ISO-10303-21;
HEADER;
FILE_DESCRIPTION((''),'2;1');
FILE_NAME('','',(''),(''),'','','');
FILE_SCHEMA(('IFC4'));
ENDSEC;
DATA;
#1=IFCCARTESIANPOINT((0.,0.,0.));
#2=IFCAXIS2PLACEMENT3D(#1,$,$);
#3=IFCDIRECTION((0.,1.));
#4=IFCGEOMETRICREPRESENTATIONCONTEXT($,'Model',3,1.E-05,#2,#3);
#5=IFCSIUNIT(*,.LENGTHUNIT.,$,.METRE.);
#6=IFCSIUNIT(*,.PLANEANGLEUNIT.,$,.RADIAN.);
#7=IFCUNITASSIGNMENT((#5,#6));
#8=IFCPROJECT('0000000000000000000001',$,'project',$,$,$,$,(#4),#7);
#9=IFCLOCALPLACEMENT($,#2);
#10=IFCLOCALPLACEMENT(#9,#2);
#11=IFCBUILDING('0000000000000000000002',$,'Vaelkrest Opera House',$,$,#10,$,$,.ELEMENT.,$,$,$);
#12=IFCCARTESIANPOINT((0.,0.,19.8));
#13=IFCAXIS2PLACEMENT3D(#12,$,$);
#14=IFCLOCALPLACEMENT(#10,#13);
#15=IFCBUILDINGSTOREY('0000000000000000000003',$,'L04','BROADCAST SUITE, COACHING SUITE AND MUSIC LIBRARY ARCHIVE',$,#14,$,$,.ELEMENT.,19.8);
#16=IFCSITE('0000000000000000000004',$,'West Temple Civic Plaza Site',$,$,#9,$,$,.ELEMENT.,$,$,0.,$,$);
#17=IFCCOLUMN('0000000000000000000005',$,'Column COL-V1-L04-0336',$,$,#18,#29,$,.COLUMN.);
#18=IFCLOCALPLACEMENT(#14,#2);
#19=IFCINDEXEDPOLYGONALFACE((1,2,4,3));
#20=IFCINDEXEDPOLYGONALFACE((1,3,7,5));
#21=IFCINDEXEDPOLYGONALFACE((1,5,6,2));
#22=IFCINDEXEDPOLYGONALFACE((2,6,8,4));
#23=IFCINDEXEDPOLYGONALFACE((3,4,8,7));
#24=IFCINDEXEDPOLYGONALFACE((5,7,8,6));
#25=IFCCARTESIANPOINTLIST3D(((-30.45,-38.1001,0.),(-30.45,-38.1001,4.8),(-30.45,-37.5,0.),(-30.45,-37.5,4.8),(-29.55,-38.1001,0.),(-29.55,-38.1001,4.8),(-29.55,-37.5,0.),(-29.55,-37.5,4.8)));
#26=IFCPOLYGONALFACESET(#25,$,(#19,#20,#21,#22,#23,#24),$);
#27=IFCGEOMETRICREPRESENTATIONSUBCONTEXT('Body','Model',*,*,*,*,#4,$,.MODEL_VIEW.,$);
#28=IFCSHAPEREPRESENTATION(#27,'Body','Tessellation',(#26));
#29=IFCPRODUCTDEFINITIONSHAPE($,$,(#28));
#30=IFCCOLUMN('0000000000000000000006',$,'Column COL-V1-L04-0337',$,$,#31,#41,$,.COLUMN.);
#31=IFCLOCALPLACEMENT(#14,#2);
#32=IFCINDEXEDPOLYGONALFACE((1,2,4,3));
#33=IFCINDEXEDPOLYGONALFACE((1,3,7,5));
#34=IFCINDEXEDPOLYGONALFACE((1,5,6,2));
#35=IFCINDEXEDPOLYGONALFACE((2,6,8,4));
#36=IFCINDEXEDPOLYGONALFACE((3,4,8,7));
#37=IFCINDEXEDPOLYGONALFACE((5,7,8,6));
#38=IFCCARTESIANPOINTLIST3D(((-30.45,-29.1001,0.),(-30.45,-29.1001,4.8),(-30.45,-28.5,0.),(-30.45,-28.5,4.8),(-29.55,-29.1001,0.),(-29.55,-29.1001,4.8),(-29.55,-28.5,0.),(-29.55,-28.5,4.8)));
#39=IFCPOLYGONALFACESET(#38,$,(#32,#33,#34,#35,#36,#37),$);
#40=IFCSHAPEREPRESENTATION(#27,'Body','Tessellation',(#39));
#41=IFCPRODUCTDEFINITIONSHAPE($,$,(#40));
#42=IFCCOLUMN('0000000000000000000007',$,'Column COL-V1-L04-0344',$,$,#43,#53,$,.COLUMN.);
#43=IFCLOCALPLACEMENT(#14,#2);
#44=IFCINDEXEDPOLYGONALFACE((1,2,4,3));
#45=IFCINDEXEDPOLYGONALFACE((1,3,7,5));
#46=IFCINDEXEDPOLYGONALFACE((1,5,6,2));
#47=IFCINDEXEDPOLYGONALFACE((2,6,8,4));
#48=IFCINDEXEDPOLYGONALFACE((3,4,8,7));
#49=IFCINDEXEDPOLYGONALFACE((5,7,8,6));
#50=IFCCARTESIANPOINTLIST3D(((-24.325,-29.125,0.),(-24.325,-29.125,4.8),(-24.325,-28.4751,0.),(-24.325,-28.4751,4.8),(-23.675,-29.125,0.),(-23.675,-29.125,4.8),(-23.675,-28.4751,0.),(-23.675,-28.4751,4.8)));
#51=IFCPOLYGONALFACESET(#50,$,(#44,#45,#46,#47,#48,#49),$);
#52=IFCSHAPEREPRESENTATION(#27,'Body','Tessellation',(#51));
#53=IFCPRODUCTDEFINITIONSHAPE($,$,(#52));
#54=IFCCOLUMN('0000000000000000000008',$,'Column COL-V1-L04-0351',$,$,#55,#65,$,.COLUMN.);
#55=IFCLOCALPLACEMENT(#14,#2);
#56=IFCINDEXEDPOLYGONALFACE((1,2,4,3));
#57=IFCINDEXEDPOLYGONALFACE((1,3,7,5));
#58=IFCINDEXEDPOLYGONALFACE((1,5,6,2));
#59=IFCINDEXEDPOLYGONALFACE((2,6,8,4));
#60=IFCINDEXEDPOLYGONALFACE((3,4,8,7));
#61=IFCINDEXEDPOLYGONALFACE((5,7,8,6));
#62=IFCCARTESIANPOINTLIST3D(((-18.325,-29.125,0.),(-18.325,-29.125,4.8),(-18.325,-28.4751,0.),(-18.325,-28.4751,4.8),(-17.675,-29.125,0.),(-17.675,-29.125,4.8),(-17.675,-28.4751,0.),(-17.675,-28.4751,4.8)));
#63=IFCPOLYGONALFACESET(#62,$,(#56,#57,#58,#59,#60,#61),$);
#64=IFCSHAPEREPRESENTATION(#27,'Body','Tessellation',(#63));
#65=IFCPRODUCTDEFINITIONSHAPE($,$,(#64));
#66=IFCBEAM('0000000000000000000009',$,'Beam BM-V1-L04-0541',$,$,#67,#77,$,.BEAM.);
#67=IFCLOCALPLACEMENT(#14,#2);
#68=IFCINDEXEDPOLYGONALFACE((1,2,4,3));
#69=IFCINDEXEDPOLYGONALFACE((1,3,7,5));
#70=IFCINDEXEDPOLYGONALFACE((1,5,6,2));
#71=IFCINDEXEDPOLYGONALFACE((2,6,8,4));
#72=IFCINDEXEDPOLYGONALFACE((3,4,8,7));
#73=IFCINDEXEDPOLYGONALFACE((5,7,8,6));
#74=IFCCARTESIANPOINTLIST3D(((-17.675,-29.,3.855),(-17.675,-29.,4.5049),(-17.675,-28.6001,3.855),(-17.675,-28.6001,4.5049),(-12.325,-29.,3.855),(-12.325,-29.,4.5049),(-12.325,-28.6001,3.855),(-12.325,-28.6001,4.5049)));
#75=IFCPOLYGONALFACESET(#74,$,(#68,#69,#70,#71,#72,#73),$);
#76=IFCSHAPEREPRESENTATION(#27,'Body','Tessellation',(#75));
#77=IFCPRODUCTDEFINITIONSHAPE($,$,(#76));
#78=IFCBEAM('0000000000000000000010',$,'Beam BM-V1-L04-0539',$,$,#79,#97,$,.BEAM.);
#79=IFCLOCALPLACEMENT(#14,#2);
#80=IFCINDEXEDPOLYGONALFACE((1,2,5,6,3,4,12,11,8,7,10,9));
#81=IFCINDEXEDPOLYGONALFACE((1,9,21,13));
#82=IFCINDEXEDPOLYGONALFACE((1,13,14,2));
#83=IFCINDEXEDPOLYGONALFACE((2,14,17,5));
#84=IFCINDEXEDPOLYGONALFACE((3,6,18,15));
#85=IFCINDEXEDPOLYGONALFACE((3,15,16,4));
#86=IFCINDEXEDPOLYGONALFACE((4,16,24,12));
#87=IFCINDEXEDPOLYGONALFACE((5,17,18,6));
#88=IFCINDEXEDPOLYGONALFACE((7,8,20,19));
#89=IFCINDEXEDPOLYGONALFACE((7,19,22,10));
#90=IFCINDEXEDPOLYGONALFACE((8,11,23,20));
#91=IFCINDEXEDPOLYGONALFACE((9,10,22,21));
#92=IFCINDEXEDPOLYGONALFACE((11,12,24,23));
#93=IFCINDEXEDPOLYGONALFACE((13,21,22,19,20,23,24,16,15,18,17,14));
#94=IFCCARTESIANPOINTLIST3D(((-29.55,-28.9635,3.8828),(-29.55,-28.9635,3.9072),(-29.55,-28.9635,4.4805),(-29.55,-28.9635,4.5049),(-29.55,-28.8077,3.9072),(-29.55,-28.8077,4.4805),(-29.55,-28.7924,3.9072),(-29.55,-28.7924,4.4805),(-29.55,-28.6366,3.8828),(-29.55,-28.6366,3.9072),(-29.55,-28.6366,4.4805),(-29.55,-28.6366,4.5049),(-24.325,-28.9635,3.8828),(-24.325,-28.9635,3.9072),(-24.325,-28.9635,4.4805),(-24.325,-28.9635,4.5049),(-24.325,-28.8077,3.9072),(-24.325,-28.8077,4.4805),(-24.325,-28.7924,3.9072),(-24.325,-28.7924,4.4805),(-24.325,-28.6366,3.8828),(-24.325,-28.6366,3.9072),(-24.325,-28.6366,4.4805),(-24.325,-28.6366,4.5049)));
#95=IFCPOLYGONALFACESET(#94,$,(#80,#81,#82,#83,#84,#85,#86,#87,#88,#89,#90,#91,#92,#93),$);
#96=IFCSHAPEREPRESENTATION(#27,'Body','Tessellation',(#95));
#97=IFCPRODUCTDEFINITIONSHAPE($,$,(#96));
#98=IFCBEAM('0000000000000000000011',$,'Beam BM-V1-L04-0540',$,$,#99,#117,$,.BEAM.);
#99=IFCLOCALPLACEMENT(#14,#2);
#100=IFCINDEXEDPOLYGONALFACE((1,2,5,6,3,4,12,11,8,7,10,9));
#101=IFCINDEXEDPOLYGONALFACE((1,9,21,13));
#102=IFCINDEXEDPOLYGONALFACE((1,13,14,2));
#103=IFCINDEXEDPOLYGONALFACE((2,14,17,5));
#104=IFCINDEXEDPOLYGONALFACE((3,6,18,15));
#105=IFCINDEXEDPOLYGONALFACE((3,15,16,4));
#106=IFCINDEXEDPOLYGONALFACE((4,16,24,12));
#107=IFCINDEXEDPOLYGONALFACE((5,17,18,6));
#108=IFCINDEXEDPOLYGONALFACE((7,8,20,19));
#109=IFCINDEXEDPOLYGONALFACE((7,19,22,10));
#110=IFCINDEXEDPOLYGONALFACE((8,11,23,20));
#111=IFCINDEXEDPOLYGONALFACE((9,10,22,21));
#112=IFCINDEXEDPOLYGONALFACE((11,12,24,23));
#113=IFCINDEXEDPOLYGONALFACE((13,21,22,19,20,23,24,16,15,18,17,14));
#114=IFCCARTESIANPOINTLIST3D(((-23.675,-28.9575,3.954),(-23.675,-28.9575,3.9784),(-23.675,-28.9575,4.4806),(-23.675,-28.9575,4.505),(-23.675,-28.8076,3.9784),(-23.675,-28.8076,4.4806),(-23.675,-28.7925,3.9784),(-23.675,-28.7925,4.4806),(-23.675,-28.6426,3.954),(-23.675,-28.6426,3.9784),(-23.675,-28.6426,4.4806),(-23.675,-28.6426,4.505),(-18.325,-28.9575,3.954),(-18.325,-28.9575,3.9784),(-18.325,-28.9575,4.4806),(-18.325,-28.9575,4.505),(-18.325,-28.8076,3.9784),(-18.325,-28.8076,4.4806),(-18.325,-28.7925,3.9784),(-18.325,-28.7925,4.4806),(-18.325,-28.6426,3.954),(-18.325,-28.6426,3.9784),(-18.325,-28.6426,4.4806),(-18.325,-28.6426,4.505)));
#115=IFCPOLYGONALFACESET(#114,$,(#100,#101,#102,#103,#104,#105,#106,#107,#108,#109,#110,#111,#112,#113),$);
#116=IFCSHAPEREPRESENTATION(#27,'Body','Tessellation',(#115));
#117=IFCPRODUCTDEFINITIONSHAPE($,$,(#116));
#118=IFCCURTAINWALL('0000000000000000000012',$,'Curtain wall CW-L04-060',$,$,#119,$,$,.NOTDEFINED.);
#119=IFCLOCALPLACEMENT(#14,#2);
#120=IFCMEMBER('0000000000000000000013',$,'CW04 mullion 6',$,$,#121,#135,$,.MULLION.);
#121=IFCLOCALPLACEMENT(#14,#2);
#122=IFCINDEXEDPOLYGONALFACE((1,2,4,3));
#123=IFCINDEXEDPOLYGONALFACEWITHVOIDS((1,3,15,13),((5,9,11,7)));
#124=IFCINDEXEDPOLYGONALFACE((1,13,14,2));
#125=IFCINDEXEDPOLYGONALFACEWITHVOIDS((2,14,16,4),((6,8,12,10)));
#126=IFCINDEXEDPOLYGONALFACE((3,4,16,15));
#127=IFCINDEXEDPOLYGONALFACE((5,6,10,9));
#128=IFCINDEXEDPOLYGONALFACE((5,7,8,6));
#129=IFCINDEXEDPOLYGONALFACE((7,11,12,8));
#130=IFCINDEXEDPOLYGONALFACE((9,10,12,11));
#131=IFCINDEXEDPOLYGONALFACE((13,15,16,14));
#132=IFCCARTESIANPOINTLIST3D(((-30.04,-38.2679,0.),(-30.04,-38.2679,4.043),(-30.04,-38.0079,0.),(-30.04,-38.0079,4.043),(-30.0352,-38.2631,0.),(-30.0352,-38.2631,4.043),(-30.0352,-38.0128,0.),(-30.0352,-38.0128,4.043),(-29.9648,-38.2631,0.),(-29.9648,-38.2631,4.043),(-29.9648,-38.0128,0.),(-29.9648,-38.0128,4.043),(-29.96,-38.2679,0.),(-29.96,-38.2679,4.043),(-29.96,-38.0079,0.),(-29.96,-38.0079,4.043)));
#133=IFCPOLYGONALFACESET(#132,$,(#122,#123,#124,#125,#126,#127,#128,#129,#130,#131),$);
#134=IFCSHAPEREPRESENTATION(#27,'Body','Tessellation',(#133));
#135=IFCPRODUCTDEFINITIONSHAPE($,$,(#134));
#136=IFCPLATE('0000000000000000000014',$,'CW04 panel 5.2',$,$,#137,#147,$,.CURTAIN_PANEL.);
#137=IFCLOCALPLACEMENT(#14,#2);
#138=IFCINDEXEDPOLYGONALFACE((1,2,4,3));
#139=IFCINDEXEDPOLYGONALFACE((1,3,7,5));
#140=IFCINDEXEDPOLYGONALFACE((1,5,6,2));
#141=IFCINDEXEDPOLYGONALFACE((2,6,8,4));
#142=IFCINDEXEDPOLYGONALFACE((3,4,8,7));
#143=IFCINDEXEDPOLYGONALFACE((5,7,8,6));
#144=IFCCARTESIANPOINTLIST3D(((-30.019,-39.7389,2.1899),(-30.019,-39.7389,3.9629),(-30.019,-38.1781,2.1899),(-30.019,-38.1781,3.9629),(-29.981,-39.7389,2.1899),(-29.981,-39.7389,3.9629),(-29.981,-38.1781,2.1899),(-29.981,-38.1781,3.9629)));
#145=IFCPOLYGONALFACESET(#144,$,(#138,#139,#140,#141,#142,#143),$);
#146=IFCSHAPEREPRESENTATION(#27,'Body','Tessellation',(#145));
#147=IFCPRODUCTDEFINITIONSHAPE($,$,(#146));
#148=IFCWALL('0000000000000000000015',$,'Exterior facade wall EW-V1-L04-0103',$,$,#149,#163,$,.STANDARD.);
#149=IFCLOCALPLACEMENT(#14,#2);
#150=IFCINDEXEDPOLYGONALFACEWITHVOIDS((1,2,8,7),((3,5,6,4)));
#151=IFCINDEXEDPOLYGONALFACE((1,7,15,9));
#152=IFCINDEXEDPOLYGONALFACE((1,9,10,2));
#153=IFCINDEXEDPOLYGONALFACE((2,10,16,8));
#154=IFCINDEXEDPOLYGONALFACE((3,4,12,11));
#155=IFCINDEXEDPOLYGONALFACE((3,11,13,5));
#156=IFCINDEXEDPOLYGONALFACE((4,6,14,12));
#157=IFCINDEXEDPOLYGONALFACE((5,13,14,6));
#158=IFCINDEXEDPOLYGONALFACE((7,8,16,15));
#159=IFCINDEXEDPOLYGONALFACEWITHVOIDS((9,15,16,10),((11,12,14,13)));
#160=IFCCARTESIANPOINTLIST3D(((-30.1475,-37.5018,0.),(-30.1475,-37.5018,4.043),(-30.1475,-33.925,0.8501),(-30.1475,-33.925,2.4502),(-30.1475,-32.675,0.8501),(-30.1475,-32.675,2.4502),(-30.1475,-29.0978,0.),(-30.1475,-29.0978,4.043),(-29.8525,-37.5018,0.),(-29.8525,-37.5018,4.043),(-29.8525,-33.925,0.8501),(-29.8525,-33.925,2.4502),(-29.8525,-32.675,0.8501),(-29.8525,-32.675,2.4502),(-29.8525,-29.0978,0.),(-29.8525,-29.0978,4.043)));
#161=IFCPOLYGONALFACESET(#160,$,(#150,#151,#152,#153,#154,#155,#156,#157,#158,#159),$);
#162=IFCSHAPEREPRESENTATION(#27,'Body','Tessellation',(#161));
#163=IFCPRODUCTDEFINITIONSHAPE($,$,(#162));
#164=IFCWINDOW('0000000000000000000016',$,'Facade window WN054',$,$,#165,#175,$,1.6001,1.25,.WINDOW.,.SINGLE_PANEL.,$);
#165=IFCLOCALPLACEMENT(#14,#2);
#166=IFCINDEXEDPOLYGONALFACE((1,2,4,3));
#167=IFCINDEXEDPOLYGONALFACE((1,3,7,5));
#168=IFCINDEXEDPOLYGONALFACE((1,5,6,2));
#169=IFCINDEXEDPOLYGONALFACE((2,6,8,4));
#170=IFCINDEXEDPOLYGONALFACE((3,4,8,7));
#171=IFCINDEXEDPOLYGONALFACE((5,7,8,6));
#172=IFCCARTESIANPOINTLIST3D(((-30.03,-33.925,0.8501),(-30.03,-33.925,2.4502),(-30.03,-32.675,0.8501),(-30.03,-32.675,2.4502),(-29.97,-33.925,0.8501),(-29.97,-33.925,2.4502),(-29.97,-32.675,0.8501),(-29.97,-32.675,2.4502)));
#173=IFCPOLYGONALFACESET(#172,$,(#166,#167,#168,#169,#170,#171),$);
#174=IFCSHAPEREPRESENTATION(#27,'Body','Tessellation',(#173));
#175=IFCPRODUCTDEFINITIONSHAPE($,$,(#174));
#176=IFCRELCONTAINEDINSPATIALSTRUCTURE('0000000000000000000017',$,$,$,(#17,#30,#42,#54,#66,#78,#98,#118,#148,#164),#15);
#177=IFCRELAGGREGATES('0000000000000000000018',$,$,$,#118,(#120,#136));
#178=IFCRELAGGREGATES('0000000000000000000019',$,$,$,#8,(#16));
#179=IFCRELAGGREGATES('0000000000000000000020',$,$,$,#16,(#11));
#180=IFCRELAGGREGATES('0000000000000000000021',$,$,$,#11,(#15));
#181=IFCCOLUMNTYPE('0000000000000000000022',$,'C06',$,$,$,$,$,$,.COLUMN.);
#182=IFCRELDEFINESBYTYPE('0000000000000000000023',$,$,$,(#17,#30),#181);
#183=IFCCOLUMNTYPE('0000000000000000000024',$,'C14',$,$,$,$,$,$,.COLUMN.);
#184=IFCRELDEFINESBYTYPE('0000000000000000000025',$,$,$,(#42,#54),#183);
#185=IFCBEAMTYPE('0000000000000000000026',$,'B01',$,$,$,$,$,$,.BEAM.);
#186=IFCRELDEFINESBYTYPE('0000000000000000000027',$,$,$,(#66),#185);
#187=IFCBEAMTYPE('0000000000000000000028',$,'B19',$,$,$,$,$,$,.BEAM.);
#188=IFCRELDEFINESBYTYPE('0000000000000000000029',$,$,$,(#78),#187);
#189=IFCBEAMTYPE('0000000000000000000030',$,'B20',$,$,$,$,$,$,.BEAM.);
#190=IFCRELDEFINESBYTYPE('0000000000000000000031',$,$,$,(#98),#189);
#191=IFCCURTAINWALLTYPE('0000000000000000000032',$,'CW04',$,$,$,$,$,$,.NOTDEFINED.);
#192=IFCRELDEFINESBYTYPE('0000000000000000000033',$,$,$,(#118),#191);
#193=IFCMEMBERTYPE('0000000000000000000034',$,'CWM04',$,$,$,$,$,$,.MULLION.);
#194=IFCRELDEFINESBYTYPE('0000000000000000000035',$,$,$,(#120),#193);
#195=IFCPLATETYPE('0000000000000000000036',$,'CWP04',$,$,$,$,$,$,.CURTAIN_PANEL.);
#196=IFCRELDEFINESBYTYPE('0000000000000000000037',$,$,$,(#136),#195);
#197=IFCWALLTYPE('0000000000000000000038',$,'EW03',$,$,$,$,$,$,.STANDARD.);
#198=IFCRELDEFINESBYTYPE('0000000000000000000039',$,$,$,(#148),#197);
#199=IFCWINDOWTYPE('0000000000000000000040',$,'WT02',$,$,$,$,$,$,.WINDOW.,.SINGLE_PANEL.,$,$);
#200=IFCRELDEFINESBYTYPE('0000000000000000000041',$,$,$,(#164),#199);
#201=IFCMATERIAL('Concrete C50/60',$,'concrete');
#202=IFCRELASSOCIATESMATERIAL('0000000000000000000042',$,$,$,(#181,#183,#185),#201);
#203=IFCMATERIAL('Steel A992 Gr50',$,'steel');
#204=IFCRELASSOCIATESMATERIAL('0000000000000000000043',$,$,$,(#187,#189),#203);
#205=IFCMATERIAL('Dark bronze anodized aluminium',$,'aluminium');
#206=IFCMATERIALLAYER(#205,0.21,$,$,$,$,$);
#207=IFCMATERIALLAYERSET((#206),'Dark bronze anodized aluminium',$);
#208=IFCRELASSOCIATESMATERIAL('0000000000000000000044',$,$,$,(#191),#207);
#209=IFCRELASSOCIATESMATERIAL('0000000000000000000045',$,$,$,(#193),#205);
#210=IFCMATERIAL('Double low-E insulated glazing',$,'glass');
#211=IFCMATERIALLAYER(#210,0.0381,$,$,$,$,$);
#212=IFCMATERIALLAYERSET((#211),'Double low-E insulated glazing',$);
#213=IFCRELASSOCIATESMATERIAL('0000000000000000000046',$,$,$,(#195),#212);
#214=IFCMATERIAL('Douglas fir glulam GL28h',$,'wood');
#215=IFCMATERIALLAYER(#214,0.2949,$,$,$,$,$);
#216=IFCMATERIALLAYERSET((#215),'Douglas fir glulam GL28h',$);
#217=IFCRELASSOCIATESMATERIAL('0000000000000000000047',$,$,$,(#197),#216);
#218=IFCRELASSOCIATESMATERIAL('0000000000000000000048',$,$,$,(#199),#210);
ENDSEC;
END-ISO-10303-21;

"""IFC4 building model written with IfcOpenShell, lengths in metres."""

from ifc_helpers import new_model, si_unit, direction, frame, frame_2d, origin, origin_2d, place, context, subcontext, project, spatial, rectangle, hollow_rectangle, i_section, extrude, material, layer, layer_set, material_profile, profile_set, type_object, element, fill, aggregate, save


model = new_model("IFC4")

# Units and contexts
model_context = context("Model", 3, precision=1e-05, world=origin(), true_north=direction((0.0, 1.0)))
body_context = subcontext(model_context, "Body", "Model", "MODEL_VIEW")
ifc_project = project(units=[si_unit("LENGTHUNIT", "METRE"), si_unit("PLANEANGLEUNIT", "RADIAN")], contexts=[model_context])

# Site, building, storey
site_placement = place(None, origin())
site = spatial("IfcSite", under=ifc_project, at=site_placement, Name="West Temple Civic Plaza Site", CompositionType="ELEMENT", RefElevation=0.0)
building_placement = place(site_placement, origin())
building = spatial("IfcBuilding", under=site, at=building_placement, Name="Vaelkrest Opera House", CompositionType="ELEMENT")
storey_placement = place(building_placement, frame((0.0, 0.0, 19.8)))
storey = spatial("IfcBuildingStorey", under=building, at=storey_placement, Name="L04", Description="BROADCAST SUITE, COACHING SUITE AND MUSIC LIBRARY ARCHIVE", CompositionType="ELEMENT", Elevation=19.8)

# Columns
ifc_material_1 = material(Name="Concrete C50/60", Category="concrete")
ifc_material_profile_1 = material_profile(ifc_material_1, rectangle(XDim=0.6001, YDim=0.8999, at=origin_2d()), Name="RC600X900")
ifc_profile_set_1 = profile_set([ifc_material_profile_1], Name="Concrete C50/60")
column_type_1 = type_object("IfcColumnType", Name="C06", PredefinedType="COLUMN", material=ifc_profile_set_1)
for number, where, z_axis, x_axis, name in (
    (1, (-30.0, -37.8, 0.0), (0.0, 0.0, 1.0), (0.0, 1.0, 0.0), "Column COL-V1-L04-0336"),
    (2, (-30.0, -28.8, 0.0), (0.0, 0.0, 1.0), (0.0, 1.0, 0.0), "Column COL-V1-L04-0337"),
):
    element("IfcColumn", number, at=place(storey_placement, frame(where, z_axis=z_axis, x_axis=x_axis)), inside=storey, type_object=column_type_1, Name=name, PredefinedType="COLUMN", context=body_context, shape_type="SweptSolid", body=[
        extrude(rectangle(XDim=0.6001, YDim=0.8999, at=origin_2d()), origin(), (0.0, 0.0, 1.0), 4.8),
    ])
ifc_material_profile_2 = material_profile(ifc_material_1, rectangle(XDim=0.6499, YDim=0.6499, at=origin_2d()), Name="RC650X650")
ifc_profile_set_2 = profile_set([ifc_material_profile_2], Name="Concrete C50/60")
column_type_2 = type_object("IfcColumnType", Name="C14", PredefinedType="COLUMN", material=ifc_profile_set_2)
for number, where, z_axis, x_axis, name in (
    (3, (-24.0, -28.8, 0.0), (0.0, 0.0, 1.0), (1.0, 0.0, 0.0), "Column COL-V1-L04-0344"),
    (4, (-18.0, -28.8, 0.0), (0.0, 0.0, 1.0), (1.0, 0.0, 0.0), "Column COL-V1-L04-0351"),
):
    element("IfcColumn", number, at=place(storey_placement, frame(where, z_axis=z_axis, x_axis=x_axis)), inside=storey, type_object=column_type_2, Name=name, PredefinedType="COLUMN", context=body_context, shape_type="SweptSolid", body=[
        extrude(rectangle(XDim=0.6499, YDim=0.6499, at=origin_2d()), origin(), (0.0, 0.0, 1.0), 4.8),
    ])

# Beams
ifc_material_profile_3 = material_profile(ifc_material_1, rectangle(XDim=0.3999, YDim=0.6499, at=origin_2d()), Name="RCB400X650")
ifc_profile_set_3 = profile_set([ifc_material_profile_3], Name="Concrete C50/60")
beam_type_1 = type_object("IfcBeamType", Name="B01", PredefinedType="BEAM", material=ifc_profile_set_3)
beam_1_placement = place(storey_placement, frame((-17.675, -28.8, 4.1799), z_axis=(1.0, 0.0, 0.0), x_axis=(0.0, 1.0, 0.0)))
element("IfcBeam", 5, at=beam_1_placement, inside=storey, type_object=beam_type_1, Name="Beam BM-V1-L04-0541", PredefinedType="BEAM", context=body_context, shape_type="SweptSolid", body=[
    extrude(rectangle(XDim=0.3999, YDim=0.6499, at=origin_2d()), origin(), (0.0, 0.0, 1.0), 5.3501),
])
ifc_material_2 = material(Name="Steel A992 Gr50", Category="steel")
ifc_material_profile_4 = material_profile(ifc_material_2, i_section(OverallWidth=0.3269, OverallDepth=0.6221, WebThickness=0.0154, FlangeThickness=0.0244, at=origin_2d()), Name="W24X131")
ifc_profile_set_4 = profile_set([ifc_material_profile_4], Name="Steel A992 Gr50")
beam_type_2 = type_object("IfcBeamType", Name="B19", PredefinedType="BEAM", material=ifc_profile_set_4)
beam_2_placement = place(storey_placement, frame((-29.55, -28.8, 4.1938), z_axis=(1.0, 0.0, 0.0), x_axis=(0.0, 1.0, 0.0)))
element("IfcBeam", 6, at=beam_2_placement, inside=storey, type_object=beam_type_2, Name="Beam BM-V1-L04-0539", PredefinedType="BEAM", context=body_context, shape_type="SweptSolid", body=[
    extrude(i_section(OverallWidth=0.3269, OverallDepth=0.6221, WebThickness=0.0154, FlangeThickness=0.0244, at=origin_2d()), origin(), (0.0, 0.0, 1.0), 5.2251),
])
ifc_material_profile_5 = material_profile(ifc_material_2, i_section(OverallWidth=0.3149, OverallDepth=0.551, WebThickness=0.0151, FlangeThickness=0.0244, at=origin_2d()), Name="W21X122")
ifc_profile_set_5 = profile_set([ifc_material_profile_5], Name="Steel A992 Gr50")
beam_type_3 = type_object("IfcBeamType", Name="B20", PredefinedType="BEAM", material=ifc_profile_set_5)
beam_3_placement = place(storey_placement, frame((-23.675, -28.8, 4.2295), z_axis=(1.0, 0.0, 0.0), x_axis=(0.0, 1.0, 0.0)))
element("IfcBeam", 7, at=beam_3_placement, inside=storey, type_object=beam_type_3, Name="Beam BM-V1-L04-0540", PredefinedType="BEAM", context=body_context, shape_type="SweptSolid", body=[
    extrude(i_section(OverallWidth=0.3149, OverallDepth=0.551, WebThickness=0.0151, FlangeThickness=0.0244, at=origin_2d()), origin(), (0.0, 0.0, 1.0), 5.3501),
])

# Curtain wall, member, plate
ifc_material_3 = material(Name="Dark bronze anodized aluminium", Category="aluminium")
ifc_layer_1 = layer(ifc_material_3, 0.21)
ifc_layer_set_1 = layer_set([ifc_layer_1], Name="Dark bronze anodized aluminium")
curtain_wall_type = type_object("IfcCurtainWallType", Name="CW04", PredefinedType="NOTDEFINED", material=ifc_layer_set_1)
curtain_wall_placement = place(storey_placement, origin())
curtain_wall = element("IfcCurtainWall", 8, at=curtain_wall_placement, inside=storey, type_object=curtain_wall_type, Name="Curtain wall CW-L04-060", PredefinedType="NOTDEFINED")
ifc_material_profile_6 = material_profile(ifc_material_3, hollow_rectangle(XDim=0.0801, YDim=0.26, WallThickness=0.0049, at=origin_2d()), Name="CWM80X260")
ifc_profile_set_6 = profile_set([ifc_material_profile_6], Name="Dark bronze anodized aluminium")
member_type = type_object("IfcMemberType", Name="CWM04", PredefinedType="MULLION", material=ifc_profile_set_6)
member_placement = place(storey_placement, frame((-30.0, -38.1379, 0.0), z_axis=(0.0, 0.0, 1.0), x_axis=(-1.0, 0.0, 0.0)))
member = element("IfcMember", 9, at=member_placement, type_object=member_type, Name="CW04 mullion 6", PredefinedType="MULLION", context=body_context, shape_type="SweptSolid", body=[
    extrude(hollow_rectangle(XDim=0.0801, YDim=0.26, WallThickness=0.0049, at=origin_2d()), origin(), (0.0, 0.0, 1.0), 4.043),
])
ifc_material_4 = material(Name="Double low-E insulated glazing", Category="glass")
ifc_layer_2 = layer(ifc_material_4, 0.0381)
ifc_layer_set_2 = layer_set([ifc_layer_2], Name="Double low-E insulated glazing")
plate_type = type_object("IfcPlateType", Name="CWP04", PredefinedType="CURTAIN_PANEL", material=ifc_layer_set_2)
plate_placement = place(storey_placement, frame((-30.0, -38.9585, 2.1899), z_axis=(0.0, 0.0, 1.0), x_axis=(0.0, 1.0, 0.0)))
plate = element("IfcPlate", 10, at=plate_placement, type_object=plate_type, Name="CW04 panel 5.2", PredefinedType="CURTAIN_PANEL", context=body_context, shape_type="SweptSolid", body=[
    extrude(rectangle(XDim=1.5608, YDim=0.0381, at=origin_2d()), origin(), (0.0, 0.0, 1.0), 1.7729),
])
aggregate(curtain_wall, [member, plate])

# Wall, opening, window
ifc_material_5 = material(Name="Douglas fir glulam GL28h", Category="wood")
ifc_layer_3 = layer(ifc_material_5, 0.2949)
ifc_layer_set_3 = layer_set([ifc_layer_3], Name="Douglas fir glulam GL28h")
wall_type_1 = type_object("IfcWallType", Name="EW03", PredefinedType="STANDARD", material=ifc_layer_set_3)
wall_1_placement = place(storey_placement, frame((-30.0, -37.502, 0.0), z_axis=(0.0, 0.0, 1.0), x_axis=(0.0, 1.0, 0.0)))
wall_1 = element("IfcWall", 11, at=wall_1_placement, inside=storey, type_object=wall_type_1, Name="Exterior facade wall EW-V1-L04-0103", PredefinedType="STANDARD", context=body_context, shape_type="SweptSolid", body=[
    extrude(rectangle(XDim=8.4041, YDim=0.2949, at=frame_2d((4.2021, 0.0))), origin(), (0.0, 0.0, 1.0), 4.043),
])
opening_1_placement = place(wall_1_placement, frame((3.5769, 0.0, 0.8501)))
opening_1 = element("IfcOpeningElement", 12, at=opening_1_placement, cuts=wall_1, PredefinedType="OPENING", context=body_context, shape_type="SweptSolid", body=[
    extrude(rectangle(XDim=1.25, YDim=1.6001, at=frame_2d((0.625, 0.8))), frame((0.0, 0.1575, 0.0), z_axis=(0.0, -1.0, 0.0), x_axis=(1.0, 0.0, 0.0)), (0.0, 0.0, 1.0), 0.3149),
])
window_type = type_object("IfcWindowType", Name="WT02", PartitioningType="SINGLE_PANEL", PredefinedType="WINDOW", material=ifc_material_4)
window_placement = place(opening_1_placement, origin())
window = element("IfcWindow", 13, at=window_placement, inside=storey, type_object=window_type, Name="Facade window WN054", OverallHeight=1.6001, OverallWidth=1.25, PartitioningType="SINGLE_PANEL", PredefinedType="WINDOW", context=body_context, shape_type="SweptSolid", body=[
    extrude(rectangle(XDim=1.25, YDim=1.6001, at=frame_2d((0.625, 0.8))), frame((0.0, 0.03, 0.0), z_axis=(0.0, -1.0, 0.0), x_axis=(1.0, 0.0, 0.0)), (0.0, 0.0, 1.0), 0.0601),
])
fill(opening_1, window)

save(model, "model.ifc")
